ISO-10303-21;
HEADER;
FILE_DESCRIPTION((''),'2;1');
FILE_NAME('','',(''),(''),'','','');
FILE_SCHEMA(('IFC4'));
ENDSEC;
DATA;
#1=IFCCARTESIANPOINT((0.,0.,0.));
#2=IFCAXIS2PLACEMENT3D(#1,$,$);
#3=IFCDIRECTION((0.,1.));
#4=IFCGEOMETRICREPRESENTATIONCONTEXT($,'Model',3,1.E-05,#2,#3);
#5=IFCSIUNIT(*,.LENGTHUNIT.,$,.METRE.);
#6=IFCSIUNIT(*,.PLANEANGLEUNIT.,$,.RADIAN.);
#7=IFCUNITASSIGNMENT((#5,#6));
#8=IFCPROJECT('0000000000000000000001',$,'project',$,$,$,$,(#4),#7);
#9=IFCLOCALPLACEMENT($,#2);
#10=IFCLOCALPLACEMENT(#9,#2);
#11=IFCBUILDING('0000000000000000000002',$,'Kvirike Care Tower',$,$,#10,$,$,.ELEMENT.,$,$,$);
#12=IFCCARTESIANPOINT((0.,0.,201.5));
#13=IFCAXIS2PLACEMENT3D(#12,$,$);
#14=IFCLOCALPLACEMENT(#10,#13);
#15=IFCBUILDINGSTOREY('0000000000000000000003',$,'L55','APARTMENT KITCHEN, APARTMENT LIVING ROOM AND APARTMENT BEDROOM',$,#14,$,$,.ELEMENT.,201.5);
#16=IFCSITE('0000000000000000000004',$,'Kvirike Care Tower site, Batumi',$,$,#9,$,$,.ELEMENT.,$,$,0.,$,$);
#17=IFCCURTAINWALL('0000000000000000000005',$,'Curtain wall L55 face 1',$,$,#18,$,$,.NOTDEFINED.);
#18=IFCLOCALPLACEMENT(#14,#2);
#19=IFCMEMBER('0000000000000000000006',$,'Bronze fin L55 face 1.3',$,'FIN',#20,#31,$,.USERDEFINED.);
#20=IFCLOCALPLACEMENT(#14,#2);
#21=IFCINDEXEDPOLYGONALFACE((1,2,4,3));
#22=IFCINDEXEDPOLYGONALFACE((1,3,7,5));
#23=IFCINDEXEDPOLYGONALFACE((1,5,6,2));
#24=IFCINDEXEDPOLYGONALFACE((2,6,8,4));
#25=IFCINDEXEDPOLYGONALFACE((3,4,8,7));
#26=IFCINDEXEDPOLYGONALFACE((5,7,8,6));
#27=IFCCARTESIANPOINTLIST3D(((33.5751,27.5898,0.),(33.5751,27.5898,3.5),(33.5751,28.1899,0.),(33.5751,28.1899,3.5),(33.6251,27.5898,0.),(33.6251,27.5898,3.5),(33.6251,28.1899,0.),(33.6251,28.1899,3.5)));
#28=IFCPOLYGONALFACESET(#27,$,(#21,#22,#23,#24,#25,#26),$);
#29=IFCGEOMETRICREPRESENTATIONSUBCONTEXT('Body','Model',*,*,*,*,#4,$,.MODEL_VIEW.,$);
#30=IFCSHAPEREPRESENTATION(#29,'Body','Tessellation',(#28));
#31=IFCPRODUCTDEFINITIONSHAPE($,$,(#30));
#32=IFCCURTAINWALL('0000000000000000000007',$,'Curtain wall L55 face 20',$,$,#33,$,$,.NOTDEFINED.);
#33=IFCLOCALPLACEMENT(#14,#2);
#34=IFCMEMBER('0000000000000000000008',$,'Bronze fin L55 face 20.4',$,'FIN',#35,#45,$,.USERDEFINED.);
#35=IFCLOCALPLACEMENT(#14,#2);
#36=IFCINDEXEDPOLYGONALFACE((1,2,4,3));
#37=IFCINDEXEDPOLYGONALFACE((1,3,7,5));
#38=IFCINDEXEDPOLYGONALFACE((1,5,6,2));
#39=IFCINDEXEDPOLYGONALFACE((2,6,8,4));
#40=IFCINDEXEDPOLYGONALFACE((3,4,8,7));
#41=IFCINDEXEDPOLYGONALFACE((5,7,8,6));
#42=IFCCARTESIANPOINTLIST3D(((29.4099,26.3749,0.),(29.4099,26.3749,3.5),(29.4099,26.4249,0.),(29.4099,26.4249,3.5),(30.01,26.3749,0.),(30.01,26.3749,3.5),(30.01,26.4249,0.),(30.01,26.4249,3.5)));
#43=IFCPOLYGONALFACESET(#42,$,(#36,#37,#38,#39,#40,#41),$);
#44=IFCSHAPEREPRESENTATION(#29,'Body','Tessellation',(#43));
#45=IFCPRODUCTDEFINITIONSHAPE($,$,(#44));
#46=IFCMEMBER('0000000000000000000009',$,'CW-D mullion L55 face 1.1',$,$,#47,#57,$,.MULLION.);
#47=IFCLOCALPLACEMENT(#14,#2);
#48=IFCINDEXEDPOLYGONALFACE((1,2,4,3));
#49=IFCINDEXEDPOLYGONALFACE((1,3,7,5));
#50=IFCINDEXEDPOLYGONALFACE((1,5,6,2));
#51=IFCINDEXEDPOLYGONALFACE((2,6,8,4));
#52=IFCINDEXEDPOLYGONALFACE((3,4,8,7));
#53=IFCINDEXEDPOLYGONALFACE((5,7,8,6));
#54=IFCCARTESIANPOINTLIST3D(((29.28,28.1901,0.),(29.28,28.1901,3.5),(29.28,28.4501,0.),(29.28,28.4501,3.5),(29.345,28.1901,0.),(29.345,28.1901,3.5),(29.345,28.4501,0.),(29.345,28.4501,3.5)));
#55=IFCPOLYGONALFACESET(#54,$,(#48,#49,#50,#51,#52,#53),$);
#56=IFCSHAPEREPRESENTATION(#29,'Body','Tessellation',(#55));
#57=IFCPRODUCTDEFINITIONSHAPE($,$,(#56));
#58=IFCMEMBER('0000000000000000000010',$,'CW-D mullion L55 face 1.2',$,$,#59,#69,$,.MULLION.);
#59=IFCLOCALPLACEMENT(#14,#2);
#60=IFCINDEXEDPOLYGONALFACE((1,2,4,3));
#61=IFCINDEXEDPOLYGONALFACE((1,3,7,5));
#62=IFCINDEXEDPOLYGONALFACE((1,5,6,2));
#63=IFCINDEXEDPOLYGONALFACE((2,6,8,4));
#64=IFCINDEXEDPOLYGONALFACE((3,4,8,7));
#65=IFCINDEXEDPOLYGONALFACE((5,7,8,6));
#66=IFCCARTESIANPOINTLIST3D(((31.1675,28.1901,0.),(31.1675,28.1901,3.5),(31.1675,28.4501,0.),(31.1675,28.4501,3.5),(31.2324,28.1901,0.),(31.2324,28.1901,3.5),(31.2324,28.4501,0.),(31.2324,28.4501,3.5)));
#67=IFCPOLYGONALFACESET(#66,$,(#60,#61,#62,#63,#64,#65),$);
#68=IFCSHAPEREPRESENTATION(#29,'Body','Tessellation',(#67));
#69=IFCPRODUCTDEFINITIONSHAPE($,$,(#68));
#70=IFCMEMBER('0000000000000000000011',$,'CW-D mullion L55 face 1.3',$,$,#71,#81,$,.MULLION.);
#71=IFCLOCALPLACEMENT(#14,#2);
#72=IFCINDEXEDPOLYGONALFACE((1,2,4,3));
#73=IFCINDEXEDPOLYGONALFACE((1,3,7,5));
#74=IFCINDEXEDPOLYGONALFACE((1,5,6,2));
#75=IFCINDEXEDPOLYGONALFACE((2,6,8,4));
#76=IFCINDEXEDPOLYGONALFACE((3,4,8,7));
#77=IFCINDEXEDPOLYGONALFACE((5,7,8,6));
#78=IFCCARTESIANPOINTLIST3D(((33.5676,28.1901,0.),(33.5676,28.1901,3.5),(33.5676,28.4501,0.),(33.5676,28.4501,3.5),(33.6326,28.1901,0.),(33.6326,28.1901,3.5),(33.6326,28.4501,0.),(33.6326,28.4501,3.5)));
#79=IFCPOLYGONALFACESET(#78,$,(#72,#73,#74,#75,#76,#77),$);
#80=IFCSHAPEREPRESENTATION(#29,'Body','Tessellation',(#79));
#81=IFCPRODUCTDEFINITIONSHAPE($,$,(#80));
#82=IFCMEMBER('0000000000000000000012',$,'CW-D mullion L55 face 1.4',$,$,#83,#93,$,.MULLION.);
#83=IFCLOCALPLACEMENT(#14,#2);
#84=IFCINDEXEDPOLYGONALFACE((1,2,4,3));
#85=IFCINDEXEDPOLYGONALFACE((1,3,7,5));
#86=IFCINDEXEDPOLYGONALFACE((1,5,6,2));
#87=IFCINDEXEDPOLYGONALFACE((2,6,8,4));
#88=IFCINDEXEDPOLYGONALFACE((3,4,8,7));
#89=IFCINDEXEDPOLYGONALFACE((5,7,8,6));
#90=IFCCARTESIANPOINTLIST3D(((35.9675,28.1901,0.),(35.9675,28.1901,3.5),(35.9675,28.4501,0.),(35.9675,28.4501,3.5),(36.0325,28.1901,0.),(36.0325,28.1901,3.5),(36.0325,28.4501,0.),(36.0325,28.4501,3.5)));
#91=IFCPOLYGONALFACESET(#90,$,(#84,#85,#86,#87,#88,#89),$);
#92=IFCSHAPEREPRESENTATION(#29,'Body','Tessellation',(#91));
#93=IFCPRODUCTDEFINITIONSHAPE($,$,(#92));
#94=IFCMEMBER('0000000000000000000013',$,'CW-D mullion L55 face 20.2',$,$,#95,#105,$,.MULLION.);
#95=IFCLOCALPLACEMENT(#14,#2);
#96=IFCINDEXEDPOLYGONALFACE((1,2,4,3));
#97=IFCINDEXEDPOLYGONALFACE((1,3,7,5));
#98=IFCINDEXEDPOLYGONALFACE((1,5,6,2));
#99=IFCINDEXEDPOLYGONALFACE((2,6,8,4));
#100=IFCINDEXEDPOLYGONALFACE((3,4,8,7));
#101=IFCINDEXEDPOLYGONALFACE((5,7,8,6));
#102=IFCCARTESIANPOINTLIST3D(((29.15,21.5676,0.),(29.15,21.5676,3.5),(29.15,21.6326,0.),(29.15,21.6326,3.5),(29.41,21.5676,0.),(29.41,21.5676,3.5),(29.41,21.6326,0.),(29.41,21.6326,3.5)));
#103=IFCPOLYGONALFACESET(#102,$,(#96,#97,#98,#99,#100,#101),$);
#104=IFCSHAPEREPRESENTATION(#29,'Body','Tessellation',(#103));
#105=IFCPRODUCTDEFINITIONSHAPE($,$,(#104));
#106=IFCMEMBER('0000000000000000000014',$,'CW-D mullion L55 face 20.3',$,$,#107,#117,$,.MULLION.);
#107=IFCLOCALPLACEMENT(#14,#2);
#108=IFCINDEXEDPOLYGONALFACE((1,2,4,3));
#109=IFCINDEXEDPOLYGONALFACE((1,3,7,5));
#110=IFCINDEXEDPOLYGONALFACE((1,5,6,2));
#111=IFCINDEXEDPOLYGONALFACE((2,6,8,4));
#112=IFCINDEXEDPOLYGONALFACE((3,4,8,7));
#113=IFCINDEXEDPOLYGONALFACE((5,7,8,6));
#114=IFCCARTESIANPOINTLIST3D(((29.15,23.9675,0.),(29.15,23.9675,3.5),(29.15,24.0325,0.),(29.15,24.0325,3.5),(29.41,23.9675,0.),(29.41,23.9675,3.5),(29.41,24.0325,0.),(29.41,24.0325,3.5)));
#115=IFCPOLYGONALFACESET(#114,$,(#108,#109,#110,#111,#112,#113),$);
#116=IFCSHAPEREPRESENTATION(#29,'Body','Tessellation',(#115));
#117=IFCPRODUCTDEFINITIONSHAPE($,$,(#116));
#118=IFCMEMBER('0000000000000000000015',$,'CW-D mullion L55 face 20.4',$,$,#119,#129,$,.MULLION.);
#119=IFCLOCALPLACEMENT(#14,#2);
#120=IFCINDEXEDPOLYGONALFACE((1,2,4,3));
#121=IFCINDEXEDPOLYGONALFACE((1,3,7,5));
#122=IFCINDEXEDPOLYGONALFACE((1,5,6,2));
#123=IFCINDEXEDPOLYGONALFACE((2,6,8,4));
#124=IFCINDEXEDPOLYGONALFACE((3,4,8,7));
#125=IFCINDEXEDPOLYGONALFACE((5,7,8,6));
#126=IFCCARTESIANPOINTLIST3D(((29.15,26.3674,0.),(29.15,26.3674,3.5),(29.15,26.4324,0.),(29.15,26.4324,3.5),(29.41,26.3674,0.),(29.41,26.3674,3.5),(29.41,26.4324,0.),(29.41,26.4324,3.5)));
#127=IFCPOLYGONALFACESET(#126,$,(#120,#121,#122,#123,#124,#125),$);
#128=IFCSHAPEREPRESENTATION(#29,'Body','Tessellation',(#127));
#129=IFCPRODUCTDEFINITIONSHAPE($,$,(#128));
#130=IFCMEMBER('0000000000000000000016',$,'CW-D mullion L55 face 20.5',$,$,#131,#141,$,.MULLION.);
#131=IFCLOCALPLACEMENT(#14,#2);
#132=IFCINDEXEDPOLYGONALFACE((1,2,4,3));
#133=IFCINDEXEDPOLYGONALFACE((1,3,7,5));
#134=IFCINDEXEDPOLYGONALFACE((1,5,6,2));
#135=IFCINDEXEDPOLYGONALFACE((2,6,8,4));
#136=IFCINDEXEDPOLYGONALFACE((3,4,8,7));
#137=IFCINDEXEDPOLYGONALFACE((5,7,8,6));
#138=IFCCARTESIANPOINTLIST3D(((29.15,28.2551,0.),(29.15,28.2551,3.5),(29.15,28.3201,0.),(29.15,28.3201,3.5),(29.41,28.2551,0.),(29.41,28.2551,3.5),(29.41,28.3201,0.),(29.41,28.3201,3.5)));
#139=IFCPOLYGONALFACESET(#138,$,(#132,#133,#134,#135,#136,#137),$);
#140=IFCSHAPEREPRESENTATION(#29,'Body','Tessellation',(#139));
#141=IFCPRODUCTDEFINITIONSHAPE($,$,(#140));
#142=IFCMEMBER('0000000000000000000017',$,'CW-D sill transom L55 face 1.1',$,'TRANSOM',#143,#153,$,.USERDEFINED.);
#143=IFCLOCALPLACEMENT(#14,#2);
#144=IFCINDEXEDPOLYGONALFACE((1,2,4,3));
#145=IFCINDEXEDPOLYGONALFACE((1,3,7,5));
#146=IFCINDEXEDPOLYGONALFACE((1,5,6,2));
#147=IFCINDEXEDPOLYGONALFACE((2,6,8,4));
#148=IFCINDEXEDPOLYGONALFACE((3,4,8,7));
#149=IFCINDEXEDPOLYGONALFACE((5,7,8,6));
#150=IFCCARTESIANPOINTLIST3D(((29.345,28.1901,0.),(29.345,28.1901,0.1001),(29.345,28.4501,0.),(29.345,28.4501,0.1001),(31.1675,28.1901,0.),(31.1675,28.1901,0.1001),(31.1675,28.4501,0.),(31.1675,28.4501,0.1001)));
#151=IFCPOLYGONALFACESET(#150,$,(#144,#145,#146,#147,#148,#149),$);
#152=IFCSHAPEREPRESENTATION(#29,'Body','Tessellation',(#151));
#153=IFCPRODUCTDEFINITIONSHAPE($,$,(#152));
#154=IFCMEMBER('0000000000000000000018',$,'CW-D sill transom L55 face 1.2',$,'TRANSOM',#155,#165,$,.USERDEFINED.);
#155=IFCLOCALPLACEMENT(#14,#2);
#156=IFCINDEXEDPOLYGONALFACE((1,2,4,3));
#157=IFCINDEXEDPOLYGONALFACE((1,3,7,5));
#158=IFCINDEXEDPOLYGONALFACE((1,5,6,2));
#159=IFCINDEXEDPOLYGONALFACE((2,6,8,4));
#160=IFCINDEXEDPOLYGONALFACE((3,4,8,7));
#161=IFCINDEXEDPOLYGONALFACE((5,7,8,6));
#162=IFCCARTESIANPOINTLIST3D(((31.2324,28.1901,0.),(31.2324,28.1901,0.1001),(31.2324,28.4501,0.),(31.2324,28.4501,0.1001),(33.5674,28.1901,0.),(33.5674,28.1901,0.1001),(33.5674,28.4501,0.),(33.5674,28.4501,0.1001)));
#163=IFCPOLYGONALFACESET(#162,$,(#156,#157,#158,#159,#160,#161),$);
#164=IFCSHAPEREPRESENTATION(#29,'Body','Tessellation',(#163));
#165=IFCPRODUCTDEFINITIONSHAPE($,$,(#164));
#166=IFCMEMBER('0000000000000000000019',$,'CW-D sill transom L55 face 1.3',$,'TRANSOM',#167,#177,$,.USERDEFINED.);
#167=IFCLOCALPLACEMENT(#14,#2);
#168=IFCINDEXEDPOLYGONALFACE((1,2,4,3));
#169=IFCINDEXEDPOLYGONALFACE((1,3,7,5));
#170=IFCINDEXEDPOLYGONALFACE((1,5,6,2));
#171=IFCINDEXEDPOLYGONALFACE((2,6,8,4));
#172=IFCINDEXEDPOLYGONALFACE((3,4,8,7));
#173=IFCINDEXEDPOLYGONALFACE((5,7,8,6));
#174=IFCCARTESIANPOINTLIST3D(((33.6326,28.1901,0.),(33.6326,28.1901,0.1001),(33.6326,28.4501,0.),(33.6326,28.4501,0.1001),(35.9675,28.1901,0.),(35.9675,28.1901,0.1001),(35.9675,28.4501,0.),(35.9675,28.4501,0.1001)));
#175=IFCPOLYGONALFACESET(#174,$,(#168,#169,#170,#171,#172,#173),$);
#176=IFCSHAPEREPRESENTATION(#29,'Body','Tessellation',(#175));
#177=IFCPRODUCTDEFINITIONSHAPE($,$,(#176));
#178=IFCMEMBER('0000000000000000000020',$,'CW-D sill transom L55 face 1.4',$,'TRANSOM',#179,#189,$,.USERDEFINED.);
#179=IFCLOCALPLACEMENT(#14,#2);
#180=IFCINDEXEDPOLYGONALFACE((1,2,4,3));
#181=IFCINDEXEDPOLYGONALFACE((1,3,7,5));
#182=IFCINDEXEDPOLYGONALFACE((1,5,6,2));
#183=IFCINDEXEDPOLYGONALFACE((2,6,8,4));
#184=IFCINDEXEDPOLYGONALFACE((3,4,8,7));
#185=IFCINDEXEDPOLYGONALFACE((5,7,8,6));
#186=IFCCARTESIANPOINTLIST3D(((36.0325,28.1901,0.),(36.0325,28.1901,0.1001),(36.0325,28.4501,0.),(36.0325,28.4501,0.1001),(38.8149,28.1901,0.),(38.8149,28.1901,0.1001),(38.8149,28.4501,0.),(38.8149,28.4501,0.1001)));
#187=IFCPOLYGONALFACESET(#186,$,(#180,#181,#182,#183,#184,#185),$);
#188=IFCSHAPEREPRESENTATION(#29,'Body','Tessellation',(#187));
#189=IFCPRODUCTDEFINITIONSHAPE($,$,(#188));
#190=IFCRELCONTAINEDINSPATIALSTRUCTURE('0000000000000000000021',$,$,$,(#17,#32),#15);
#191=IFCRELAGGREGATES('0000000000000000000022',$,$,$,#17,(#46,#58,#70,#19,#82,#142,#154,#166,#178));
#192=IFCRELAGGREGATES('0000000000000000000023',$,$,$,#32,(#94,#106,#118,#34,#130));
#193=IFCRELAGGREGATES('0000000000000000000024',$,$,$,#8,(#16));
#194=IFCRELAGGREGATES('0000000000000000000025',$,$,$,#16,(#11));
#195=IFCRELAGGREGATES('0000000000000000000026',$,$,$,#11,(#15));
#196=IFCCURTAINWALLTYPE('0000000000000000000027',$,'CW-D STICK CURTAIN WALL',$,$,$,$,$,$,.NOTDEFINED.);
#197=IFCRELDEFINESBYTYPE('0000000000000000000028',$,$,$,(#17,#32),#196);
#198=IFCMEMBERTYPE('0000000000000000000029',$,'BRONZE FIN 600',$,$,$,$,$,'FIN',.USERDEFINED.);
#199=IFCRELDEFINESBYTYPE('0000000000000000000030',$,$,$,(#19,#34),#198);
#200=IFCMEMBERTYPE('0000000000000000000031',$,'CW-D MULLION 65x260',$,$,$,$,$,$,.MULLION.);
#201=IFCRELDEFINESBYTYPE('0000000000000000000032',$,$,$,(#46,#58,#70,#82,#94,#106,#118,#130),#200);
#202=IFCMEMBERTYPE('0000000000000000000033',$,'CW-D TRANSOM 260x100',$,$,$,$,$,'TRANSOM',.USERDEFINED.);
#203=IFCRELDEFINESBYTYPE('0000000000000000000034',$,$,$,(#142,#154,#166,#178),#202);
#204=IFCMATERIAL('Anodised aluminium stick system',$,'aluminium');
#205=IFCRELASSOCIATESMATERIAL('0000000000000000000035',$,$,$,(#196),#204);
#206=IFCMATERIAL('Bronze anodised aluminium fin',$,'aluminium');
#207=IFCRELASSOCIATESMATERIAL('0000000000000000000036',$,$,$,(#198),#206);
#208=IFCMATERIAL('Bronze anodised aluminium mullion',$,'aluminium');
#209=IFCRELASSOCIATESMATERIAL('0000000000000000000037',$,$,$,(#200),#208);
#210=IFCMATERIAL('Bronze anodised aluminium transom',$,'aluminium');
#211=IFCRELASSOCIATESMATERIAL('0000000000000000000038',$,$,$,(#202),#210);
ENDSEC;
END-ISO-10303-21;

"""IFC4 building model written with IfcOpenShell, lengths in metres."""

from ifc_helpers import new_model, si_unit, direction, frame, origin, origin_2d, place, context, subcontext, project, spatial, rectangle, extrude, material, material_profile, profile_set, type_object, element, aggregate, save


model = new_model("IFC4")

# Units and contexts
model_context = context("Model", 3, precision=1e-05, world=origin(), true_north=direction((0.0, 1.0)))
body_context = subcontext(model_context, "Body", "Model", "MODEL_VIEW")
ifc_project = project(units=[si_unit("LENGTHUNIT", "METRE"), si_unit("PLANEANGLEUNIT", "RADIAN")], contexts=[model_context])

# Site, building, storey
site_placement = place(None, origin())
site = spatial("IfcSite", under=ifc_project, at=site_placement, Name="Kvirike Care Tower site, Batumi", CompositionType="ELEMENT", RefElevation=0.0)
building_placement = place(site_placement, origin())
building = spatial("IfcBuilding", under=site, at=building_placement, Name="Kvirike Care Tower", CompositionType="ELEMENT")
storey_placement = place(building_placement, frame((0.0, 0.0, 201.5)))
storey = spatial("IfcBuildingStorey", under=building, at=storey_placement, Name="L55", Description="APARTMENT KITCHEN, APARTMENT LIVING ROOM AND APARTMENT BEDROOM", CompositionType="ELEMENT", Elevation=201.5)

# Curtain walls, members
ifc_material_1 = material(Name="Anodised aluminium stick system", Category="aluminium")
curtain_wall_type = type_object("IfcCurtainWallType", Name="CW-D STICK CURTAIN WALL", PredefinedType="NOTDEFINED", material=ifc_material_1)
curtain_wall_1_placement = place(storey_placement, origin())
curtain_wall_1 = element("IfcCurtainWall", 1, at=curtain_wall_1_placement, inside=storey, type_object=curtain_wall_type, Name="Curtain wall L55 face 1", PredefinedType="NOTDEFINED")
ifc_material_2 = material(Name="Bronze anodised aluminium fin", Category="aluminium")
ifc_material_profile_1 = material_profile(ifc_material_2, rectangle(XDim=0.05, YDim=0.6001, at=origin_2d()), Name="BRONZE FIN 600")
ifc_profile_set_1 = profile_set([ifc_material_profile_1], Name="Bronze anodised aluminium fin")
member_type_1 = type_object("IfcMemberType", Name="BRONZE FIN 600", ElementType="FIN", PredefinedType="USERDEFINED", material=ifc_profile_set_1)
member_1_placement = place(storey_placement, frame((33.6001, 27.8899, 0.0), z_axis=(0.0, 0.0, 1.0), x_axis=(1.0, 0.0, 0.0)))
member_1 = element("IfcMember", 2, at=member_1_placement, type_object=member_type_1, Name="Bronze fin L55 face 1.3", ObjectType="FIN", PredefinedType="USERDEFINED", context=body_context, shape_type="SweptSolid", body=[
    extrude(rectangle(XDim=0.05, YDim=0.6001, at=origin_2d()), origin(), (0.0, 0.0, 1.0), 3.5),
])
curtain_wall_2_placement = place(storey_placement, origin())
curtain_wall_2 = element("IfcCurtainWall", 3, at=curtain_wall_2_placement, inside=storey, type_object=curtain_wall_type, Name="Curtain wall L55 face 20", PredefinedType="NOTDEFINED")
member_2_placement = place(storey_placement, frame((29.71, 26.3999, 0.0), z_axis=(0.0, 0.0, 1.0), x_axis=(0.0, 1.0, 0.0)))
member_2 = element("IfcMember", 4, at=member_2_placement, type_object=member_type_1, Name="Bronze fin L55 face 20.4", ObjectType="FIN", PredefinedType="USERDEFINED", context=body_context, shape_type="SweptSolid", body=[
    extrude(rectangle(XDim=0.05, YDim=0.6001, at=origin_2d()), origin(), (0.0, 0.0, 1.0), 3.5),
])

# Members
ifc_material_3 = material(Name="Bronze anodised aluminium mullion", Category="aluminium")
ifc_material_profile_2 = material_profile(ifc_material_3, rectangle(XDim=0.0649, YDim=0.26, at=origin_2d()), Name="CW-D MULLION 65x260")
ifc_profile_set_2 = profile_set([ifc_material_profile_2], Name="Bronze anodised aluminium mullion")
member_type_2 = type_object("IfcMemberType", Name="CW-D MULLION 65x260", PredefinedType="MULLION", material=ifc_profile_set_2)
member_3_placement = place(storey_placement, frame((29.3125, 28.3201, 0.0), z_axis=(0.0, 0.0, 1.0), x_axis=(1.0, 0.0, 0.0)))
member_3 = element("IfcMember", 5, at=member_3_placement, type_object=member_type_2, Name="CW-D mullion L55 face 1.1", PredefinedType="MULLION", context=body_context, shape_type="SweptSolid", body=[
    extrude(rectangle(XDim=0.0649, YDim=0.26, at=origin_2d()), origin(), (0.0, 0.0, 1.0), 3.5),
])
member_4_placement = place(storey_placement, frame((31.2, 28.3201, 0.0), z_axis=(0.0, 0.0, 1.0), x_axis=(1.0, 0.0, 0.0)))
member_4 = element("IfcMember", 6, at=member_4_placement, type_object=member_type_2, Name="CW-D mullion L55 face 1.2", PredefinedType="MULLION", context=body_context, shape_type="SweptSolid", body=[
    extrude(rectangle(XDim=0.0649, YDim=0.26, at=origin_2d()), origin(), (0.0, 0.0, 1.0), 3.5),
])
member_5_placement = place(storey_placement, frame((33.6001, 28.3201, 0.0), z_axis=(0.0, 0.0, 1.0), x_axis=(1.0, 0.0, 0.0)))
member_5 = element("IfcMember", 7, at=member_5_placement, type_object=member_type_2, Name="CW-D mullion L55 face 1.3", PredefinedType="MULLION", context=body_context, shape_type="SweptSolid", body=[
    extrude(rectangle(XDim=0.0649, YDim=0.26, at=origin_2d()), origin(), (0.0, 0.0, 1.0), 3.5),
])
member_6_placement = place(storey_placement, frame((36.0, 28.3201, 0.0), z_axis=(0.0, 0.0, 1.0), x_axis=(1.0, 0.0, 0.0)))
member_6 = element("IfcMember", 8, at=member_6_placement, type_object=member_type_2, Name="CW-D mullion L55 face 1.4", PredefinedType="MULLION", context=body_context, shape_type="SweptSolid", body=[
    extrude(rectangle(XDim=0.0649, YDim=0.26, at=origin_2d()), origin(), (0.0, 0.0, 1.0), 3.5),
])
member_7_placement = place(storey_placement, frame((29.28, 21.6001, 0.0), z_axis=(0.0, 0.0, 1.0), x_axis=(0.0, 1.0, 0.0)))
member_7 = element("IfcMember", 9, at=member_7_placement, type_object=member_type_2, Name="CW-D mullion L55 face 20.2", PredefinedType="MULLION", context=body_context, shape_type="SweptSolid", body=[
    extrude(rectangle(XDim=0.0649, YDim=0.26, at=origin_2d()), origin(), (0.0, 0.0, 1.0), 3.5),
])
member_8_placement = place(storey_placement, frame((29.28, 24.0, 0.0), z_axis=(0.0, 0.0, 1.0), x_axis=(0.0, 1.0, 0.0)))
member_8 = element("IfcMember", 10, at=member_8_placement, type_object=member_type_2, Name="CW-D mullion L55 face 20.3", PredefinedType="MULLION", context=body_context, shape_type="SweptSolid", body=[
    extrude(rectangle(XDim=0.0649, YDim=0.26, at=origin_2d()), origin(), (0.0, 0.0, 1.0), 3.5),
])
member_9_placement = place(storey_placement, frame((29.28, 26.3999, 0.0), z_axis=(0.0, 0.0, 1.0), x_axis=(0.0, 1.0, 0.0)))
member_9 = element("IfcMember", 11, at=member_9_placement, type_object=member_type_2, Name="CW-D mullion L55 face 20.4", PredefinedType="MULLION", context=body_context, shape_type="SweptSolid", body=[
    extrude(rectangle(XDim=0.0649, YDim=0.26, at=origin_2d()), origin(), (0.0, 0.0, 1.0), 3.5),
])
member_10_placement = place(storey_placement, frame((29.28, 28.2876, 0.0), z_axis=(0.0, 0.0, 1.0), x_axis=(0.0, 1.0, 0.0)))
member_10 = element("IfcMember", 12, at=member_10_placement, type_object=member_type_2, Name="CW-D mullion L55 face 20.5", PredefinedType="MULLION", context=body_context, shape_type="SweptSolid", body=[
    extrude(rectangle(XDim=0.0649, YDim=0.26, at=origin_2d()), origin(), (0.0, 0.0, 1.0), 3.5),
])
ifc_material_4 = material(Name="Bronze anodised aluminium transom", Category="aluminium")
ifc_material_profile_3 = material_profile(ifc_material_4, rectangle(XDim=0.26, YDim=0.1001, at=origin_2d()), Name="CW-D TRANSOM 260x100")
ifc_profile_set_3 = profile_set([ifc_material_profile_3], Name="Bronze anodised aluminium transom")
member_type_3 = type_object("IfcMemberType", Name="CW-D TRANSOM 260x100", ElementType="TRANSOM", PredefinedType="USERDEFINED", material=ifc_profile_set_3)
member_11_placement = place(storey_placement, frame((29.345, 28.3201, 0.05), z_axis=(1.0, 0.0, 0.0), x_axis=(0.0, 1.0, 0.0)))
member_11 = element("IfcMember", 13, at=member_11_placement, type_object=member_type_3, Name="CW-D sill transom L55 face 1.1", ObjectType="TRANSOM", PredefinedType="USERDEFINED", context=body_context, shape_type="SweptSolid", body=[
    extrude(rectangle(XDim=0.26, YDim=0.1001, at=origin_2d()), origin(), (0.0, 0.0, 1.0), 1.8225),
])
member_12_placement = place(storey_placement, frame((31.2324, 28.3201, 0.05), z_axis=(1.0, 0.0, 0.0), x_axis=(0.0, 1.0, 0.0)))
member_12 = element("IfcMember", 14, at=member_12_placement, type_object=member_type_3, Name="CW-D sill transom L55 face 1.2", ObjectType="TRANSOM", PredefinedType="USERDEFINED", context=body_context, shape_type="SweptSolid", body=[
    extrude(rectangle(XDim=0.26, YDim=0.1001, at=origin_2d()), origin(), (0.0, 0.0, 1.0), 2.335),
])
member_13_placement = place(storey_placement, frame((33.6326, 28.3201, 0.05), z_axis=(1.0, 0.0, 0.0), x_axis=(0.0, 1.0, 0.0)))
member_13 = element("IfcMember", 15, at=member_13_placement, type_object=member_type_3, Name="CW-D sill transom L55 face 1.3", ObjectType="TRANSOM", PredefinedType="USERDEFINED", context=body_context, shape_type="SweptSolid", body=[
    extrude(rectangle(XDim=0.26, YDim=0.1001, at=origin_2d()), origin(), (0.0, 0.0, 1.0), 2.335),
])
member_14_placement = place(storey_placement, frame((36.0325, 28.3201, 0.05), z_axis=(1.0, 0.0, 0.0), x_axis=(0.0, 1.0, 0.0)))
member_14 = element("IfcMember", 16, at=member_14_placement, type_object=member_type_3, Name="CW-D sill transom L55 face 1.4", ObjectType="TRANSOM", PredefinedType="USERDEFINED", context=body_context, shape_type="SweptSolid", body=[
    extrude(rectangle(XDim=0.26, YDim=0.1001, at=origin_2d()), origin(), (0.0, 0.0, 1.0), 2.7825),
])

aggregate(curtain_wall_1, [member_3, member_4, member_5, member_1, member_6, member_11, member_12, member_13, member_14])
aggregate(curtain_wall_2, [member_7, member_8, member_9, member_2, member_10])

save(model, "model.ifc")
